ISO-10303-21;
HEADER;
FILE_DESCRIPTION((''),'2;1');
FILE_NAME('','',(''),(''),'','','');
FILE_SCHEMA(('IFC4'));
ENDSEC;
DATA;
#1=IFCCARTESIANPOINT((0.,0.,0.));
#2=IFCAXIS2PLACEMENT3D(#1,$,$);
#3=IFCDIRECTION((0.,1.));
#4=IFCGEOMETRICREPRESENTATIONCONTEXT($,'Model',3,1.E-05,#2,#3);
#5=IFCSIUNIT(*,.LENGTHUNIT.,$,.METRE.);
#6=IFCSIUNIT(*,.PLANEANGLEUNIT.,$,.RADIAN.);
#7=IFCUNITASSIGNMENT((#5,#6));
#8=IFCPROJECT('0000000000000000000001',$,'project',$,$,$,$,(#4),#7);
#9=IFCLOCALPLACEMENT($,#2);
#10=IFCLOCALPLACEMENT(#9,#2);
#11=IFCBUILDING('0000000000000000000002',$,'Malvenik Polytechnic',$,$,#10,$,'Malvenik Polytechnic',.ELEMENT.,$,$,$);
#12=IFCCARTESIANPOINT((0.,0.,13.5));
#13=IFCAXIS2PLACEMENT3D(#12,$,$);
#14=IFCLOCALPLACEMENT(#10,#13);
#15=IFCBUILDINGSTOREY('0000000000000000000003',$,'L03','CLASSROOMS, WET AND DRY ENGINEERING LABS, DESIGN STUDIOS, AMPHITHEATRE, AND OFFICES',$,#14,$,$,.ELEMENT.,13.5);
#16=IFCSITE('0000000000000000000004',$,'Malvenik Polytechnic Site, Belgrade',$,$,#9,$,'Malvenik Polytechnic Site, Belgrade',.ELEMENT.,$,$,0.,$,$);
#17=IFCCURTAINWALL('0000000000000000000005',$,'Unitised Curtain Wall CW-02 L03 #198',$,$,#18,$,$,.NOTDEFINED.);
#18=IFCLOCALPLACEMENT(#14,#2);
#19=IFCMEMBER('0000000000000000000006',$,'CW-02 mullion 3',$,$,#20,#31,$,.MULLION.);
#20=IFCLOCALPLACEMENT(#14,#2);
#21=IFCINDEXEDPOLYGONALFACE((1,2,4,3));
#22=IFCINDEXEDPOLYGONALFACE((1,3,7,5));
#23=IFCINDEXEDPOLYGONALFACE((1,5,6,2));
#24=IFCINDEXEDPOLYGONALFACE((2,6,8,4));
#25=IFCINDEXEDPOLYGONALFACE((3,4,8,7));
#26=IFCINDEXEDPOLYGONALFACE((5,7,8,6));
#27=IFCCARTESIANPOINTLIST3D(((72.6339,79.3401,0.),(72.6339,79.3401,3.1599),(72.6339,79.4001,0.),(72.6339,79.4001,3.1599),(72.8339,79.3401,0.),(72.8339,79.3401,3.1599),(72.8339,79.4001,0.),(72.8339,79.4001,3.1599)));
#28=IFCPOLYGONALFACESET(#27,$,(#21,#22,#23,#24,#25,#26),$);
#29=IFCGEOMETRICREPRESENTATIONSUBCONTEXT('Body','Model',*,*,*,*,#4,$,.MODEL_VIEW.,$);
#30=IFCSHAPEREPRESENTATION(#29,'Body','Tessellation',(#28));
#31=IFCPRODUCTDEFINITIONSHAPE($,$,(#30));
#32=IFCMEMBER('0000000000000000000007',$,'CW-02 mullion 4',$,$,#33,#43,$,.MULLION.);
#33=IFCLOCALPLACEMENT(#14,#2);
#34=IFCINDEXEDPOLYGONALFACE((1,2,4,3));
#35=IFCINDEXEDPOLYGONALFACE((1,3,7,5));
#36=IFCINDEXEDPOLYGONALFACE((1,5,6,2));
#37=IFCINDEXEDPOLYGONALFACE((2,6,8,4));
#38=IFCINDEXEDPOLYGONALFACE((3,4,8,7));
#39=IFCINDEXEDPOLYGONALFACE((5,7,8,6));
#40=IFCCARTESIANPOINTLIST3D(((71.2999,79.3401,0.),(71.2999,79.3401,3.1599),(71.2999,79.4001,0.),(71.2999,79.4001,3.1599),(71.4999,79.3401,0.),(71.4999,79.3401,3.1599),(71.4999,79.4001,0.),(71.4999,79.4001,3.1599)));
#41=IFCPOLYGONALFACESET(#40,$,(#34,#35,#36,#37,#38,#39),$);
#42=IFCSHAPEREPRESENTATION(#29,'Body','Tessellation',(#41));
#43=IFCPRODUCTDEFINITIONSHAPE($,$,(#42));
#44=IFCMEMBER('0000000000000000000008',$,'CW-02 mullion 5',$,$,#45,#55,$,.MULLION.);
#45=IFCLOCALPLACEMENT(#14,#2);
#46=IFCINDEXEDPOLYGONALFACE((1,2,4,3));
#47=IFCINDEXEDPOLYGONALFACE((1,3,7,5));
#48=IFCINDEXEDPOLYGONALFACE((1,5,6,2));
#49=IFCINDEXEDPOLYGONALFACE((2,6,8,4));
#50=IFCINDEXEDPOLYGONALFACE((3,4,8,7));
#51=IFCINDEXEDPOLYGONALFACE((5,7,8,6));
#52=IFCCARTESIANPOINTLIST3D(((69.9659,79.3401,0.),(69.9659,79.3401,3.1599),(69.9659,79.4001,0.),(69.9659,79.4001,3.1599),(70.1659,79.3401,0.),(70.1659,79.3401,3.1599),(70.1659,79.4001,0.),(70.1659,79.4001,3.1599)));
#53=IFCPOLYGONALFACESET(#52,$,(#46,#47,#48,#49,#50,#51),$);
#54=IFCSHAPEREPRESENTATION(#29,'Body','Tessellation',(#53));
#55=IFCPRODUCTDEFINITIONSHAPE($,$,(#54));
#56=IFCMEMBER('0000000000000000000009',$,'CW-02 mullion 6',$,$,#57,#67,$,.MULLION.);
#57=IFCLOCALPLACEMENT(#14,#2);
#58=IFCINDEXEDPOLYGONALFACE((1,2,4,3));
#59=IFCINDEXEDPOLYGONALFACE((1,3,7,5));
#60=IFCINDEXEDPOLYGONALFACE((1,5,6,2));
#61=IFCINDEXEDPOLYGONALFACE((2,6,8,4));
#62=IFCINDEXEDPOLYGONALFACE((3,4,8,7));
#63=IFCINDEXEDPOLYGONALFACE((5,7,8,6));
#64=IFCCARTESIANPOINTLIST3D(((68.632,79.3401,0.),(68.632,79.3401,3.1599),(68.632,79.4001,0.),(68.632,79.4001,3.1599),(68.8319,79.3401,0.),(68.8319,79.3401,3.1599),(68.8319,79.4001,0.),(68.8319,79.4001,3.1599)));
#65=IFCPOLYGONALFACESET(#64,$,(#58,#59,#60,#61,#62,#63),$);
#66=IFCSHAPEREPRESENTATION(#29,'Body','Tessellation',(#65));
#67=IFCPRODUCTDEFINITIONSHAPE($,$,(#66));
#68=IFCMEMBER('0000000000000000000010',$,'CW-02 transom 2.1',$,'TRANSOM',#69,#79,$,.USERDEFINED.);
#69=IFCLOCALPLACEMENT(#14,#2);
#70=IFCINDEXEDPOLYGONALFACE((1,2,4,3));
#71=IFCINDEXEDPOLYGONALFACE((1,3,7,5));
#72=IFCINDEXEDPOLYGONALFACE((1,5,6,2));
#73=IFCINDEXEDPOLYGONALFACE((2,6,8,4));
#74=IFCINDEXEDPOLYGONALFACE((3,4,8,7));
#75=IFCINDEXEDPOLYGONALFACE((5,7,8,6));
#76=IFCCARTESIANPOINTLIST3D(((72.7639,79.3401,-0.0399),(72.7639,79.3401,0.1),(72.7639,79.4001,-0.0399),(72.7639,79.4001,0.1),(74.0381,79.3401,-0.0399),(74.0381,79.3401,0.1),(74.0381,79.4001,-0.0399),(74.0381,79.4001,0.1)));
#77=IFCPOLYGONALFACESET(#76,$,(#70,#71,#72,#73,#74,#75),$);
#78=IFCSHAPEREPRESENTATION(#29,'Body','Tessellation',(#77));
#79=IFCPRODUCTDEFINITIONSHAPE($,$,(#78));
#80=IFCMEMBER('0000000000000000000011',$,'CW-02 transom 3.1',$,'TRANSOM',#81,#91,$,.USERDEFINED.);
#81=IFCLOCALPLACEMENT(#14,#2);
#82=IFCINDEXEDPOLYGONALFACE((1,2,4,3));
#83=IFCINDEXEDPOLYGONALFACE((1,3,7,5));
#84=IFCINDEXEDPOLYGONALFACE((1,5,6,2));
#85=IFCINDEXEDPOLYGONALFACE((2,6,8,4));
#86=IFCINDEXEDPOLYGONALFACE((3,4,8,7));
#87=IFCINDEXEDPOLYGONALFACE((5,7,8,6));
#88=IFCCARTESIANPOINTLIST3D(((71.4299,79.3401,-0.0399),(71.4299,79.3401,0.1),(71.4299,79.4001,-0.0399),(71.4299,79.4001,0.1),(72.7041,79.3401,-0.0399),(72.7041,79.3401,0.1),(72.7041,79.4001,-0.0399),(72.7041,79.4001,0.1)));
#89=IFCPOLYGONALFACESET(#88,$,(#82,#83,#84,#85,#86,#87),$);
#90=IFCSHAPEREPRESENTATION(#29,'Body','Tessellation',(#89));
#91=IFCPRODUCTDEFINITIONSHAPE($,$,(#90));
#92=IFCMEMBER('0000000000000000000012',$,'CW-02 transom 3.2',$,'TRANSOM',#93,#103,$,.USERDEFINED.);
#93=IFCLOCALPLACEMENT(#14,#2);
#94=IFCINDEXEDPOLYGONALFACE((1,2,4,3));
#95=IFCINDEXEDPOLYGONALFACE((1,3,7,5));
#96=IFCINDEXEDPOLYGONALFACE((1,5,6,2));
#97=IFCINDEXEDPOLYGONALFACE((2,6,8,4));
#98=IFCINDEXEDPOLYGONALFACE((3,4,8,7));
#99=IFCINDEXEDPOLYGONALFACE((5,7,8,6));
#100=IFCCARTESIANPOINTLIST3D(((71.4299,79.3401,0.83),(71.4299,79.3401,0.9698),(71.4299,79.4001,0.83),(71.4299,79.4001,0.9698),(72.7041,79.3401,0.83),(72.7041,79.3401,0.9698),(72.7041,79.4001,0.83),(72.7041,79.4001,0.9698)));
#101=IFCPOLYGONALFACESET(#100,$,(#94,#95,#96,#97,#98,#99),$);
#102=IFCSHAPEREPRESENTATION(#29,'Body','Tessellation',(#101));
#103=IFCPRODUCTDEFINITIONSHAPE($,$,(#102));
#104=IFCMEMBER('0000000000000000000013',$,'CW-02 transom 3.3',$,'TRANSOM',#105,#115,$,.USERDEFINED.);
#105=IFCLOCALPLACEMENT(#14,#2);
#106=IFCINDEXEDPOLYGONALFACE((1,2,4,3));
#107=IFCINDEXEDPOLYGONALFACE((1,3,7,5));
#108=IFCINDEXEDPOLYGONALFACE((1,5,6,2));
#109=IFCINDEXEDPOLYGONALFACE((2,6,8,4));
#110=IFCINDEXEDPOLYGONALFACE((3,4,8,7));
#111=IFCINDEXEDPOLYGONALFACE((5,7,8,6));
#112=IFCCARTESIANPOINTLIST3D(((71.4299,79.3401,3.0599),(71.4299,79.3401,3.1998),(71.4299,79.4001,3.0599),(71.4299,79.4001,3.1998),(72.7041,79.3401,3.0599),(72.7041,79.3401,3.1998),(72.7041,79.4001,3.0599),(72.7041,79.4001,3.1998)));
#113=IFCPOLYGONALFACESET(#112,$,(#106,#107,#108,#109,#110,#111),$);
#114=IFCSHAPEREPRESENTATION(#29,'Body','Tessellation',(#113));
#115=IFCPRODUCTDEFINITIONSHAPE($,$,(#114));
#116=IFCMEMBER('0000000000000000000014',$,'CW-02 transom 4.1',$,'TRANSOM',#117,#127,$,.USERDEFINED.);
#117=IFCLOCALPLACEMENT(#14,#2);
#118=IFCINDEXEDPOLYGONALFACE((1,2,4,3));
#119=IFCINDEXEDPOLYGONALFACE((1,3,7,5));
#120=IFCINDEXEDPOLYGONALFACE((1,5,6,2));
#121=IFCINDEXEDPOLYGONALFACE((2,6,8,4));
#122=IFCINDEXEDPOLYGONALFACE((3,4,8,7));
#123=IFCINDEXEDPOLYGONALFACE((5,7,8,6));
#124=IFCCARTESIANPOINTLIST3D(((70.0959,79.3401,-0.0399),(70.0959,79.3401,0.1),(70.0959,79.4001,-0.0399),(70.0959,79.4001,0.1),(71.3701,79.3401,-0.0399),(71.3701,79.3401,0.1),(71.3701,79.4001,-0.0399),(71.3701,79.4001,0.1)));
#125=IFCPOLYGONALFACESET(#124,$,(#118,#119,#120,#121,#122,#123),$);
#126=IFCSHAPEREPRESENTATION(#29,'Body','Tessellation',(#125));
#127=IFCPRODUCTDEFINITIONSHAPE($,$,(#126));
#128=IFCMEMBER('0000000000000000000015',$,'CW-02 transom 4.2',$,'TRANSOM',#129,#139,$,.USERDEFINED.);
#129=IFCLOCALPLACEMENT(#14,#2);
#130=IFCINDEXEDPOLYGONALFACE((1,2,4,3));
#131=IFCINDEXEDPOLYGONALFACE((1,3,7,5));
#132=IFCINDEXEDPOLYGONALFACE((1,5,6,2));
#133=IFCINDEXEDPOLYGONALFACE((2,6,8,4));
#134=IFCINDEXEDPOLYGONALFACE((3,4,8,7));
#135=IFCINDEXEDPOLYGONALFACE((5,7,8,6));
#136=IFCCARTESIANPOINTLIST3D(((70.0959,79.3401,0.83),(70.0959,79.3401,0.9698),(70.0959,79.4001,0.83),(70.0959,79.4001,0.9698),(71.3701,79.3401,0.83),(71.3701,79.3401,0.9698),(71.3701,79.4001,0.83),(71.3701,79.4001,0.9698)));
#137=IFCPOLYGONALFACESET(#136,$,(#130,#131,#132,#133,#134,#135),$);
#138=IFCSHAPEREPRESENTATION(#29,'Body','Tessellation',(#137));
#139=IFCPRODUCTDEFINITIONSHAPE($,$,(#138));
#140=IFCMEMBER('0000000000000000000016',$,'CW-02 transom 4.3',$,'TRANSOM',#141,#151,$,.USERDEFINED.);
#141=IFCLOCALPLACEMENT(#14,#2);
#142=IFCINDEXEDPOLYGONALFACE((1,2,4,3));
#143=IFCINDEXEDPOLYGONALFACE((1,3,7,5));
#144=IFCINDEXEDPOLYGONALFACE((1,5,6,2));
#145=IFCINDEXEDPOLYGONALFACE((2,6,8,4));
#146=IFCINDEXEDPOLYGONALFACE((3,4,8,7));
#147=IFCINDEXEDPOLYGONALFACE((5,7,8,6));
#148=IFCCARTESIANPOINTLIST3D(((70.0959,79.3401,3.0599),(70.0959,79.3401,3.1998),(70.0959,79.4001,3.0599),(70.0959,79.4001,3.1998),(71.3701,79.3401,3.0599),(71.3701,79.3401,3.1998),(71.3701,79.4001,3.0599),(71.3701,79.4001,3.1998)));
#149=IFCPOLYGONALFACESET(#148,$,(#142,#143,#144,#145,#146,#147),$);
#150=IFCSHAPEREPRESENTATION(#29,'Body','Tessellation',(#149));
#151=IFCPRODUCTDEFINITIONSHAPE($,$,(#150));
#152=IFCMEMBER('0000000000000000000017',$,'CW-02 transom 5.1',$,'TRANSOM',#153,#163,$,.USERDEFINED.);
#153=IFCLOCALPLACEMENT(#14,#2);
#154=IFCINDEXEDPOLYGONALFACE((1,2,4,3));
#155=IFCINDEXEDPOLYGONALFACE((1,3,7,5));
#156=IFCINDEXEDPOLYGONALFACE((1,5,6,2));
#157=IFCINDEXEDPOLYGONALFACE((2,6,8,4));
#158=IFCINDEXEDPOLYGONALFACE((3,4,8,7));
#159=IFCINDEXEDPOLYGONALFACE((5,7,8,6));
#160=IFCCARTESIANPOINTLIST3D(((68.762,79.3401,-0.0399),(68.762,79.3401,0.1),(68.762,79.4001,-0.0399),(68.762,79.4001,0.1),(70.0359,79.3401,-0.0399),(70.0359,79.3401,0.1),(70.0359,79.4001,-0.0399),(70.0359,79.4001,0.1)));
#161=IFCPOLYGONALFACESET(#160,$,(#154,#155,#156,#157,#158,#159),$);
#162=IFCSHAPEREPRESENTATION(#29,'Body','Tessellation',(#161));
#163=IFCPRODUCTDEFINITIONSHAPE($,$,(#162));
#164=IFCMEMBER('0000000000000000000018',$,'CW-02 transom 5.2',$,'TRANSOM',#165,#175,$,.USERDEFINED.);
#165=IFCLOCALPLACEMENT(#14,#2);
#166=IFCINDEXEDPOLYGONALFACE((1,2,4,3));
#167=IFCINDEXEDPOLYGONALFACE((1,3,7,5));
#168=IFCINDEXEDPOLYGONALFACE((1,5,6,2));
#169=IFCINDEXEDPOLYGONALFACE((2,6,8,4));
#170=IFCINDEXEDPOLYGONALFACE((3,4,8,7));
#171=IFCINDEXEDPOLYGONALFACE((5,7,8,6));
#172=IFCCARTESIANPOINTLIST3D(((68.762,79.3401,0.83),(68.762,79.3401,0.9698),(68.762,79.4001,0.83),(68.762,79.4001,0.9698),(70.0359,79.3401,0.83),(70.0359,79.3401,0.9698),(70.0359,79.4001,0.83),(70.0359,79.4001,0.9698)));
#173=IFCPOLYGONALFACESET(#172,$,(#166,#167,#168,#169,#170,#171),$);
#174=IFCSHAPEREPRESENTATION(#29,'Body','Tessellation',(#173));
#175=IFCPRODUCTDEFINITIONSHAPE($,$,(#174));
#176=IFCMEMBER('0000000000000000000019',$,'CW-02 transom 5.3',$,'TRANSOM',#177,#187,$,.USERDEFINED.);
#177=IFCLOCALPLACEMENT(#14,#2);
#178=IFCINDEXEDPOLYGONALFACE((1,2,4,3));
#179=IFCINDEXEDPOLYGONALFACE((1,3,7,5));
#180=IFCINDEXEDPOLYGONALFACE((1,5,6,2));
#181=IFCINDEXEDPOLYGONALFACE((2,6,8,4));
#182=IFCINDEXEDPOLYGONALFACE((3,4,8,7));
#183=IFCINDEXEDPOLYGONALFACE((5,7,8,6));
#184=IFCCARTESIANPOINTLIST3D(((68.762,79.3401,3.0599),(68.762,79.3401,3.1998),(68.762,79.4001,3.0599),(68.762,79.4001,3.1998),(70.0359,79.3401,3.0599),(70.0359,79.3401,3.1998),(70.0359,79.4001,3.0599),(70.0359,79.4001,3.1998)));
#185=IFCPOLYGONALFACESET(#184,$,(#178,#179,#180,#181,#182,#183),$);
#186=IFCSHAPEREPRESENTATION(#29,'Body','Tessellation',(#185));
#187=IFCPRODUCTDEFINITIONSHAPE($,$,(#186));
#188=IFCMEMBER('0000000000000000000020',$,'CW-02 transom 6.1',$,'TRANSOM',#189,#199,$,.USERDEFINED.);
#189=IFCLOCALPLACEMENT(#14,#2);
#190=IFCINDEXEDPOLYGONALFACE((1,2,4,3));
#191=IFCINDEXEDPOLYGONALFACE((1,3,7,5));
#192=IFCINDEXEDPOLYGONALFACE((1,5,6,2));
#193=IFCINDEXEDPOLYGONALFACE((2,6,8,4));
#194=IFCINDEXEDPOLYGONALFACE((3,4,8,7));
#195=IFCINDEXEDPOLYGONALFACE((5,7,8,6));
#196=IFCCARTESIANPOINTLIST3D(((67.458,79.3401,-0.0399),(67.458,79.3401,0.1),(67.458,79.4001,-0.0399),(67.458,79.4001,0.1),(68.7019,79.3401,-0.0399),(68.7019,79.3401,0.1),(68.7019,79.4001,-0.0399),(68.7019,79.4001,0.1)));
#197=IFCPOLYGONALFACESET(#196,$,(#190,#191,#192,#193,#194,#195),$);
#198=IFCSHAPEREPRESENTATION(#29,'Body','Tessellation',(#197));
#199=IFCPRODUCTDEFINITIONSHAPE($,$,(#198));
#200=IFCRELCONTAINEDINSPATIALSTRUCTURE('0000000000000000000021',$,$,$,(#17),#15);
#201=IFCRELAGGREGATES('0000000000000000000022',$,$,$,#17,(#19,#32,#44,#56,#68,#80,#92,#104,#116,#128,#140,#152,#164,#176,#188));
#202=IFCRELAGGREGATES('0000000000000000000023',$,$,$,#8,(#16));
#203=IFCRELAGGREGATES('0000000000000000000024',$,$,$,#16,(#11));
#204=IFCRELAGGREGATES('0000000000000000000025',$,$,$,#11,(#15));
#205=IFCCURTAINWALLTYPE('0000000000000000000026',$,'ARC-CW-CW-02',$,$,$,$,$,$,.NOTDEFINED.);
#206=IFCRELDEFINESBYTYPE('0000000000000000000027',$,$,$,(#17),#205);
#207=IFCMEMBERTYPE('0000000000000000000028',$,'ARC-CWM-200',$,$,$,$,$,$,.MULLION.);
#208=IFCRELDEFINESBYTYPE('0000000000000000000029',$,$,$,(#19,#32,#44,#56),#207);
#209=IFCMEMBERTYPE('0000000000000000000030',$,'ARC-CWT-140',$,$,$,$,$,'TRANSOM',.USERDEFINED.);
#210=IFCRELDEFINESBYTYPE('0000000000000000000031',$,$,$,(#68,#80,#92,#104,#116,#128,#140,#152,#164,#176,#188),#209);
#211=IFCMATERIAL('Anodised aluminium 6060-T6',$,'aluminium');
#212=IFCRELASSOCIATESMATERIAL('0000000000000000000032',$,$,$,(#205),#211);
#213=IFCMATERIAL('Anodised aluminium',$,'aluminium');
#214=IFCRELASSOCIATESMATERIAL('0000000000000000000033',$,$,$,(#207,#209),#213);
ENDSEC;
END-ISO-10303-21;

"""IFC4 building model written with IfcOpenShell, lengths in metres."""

from ifc_helpers import new_model, si_unit, direction, frame, origin, origin_2d, place, context, subcontext, project, spatial, rectangle, extrude, material, material_profile, profile_set, type_object, element, aggregate, save


model = new_model("IFC4")

# Units and contexts
model_context = context("Model", 3, precision=1e-05, world=origin(), true_north=direction((0.0, 1.0)))
body_context = subcontext(model_context, "Body", "Model", "MODEL_VIEW")
ifc_project = project(units=[si_unit("LENGTHUNIT", "METRE"), si_unit("PLANEANGLEUNIT", "RADIAN")], contexts=[model_context])

# Site, building, storey
site_placement = place(None, origin())
site = spatial("IfcSite", under=ifc_project, at=site_placement, Name="Malvenik Polytechnic Site, Belgrade", LongName="Malvenik Polytechnic Site, Belgrade", CompositionType="ELEMENT", RefElevation=0.0)
building_placement = place(site_placement, origin())
building = spatial("IfcBuilding", under=site, at=building_placement, Name="Malvenik Polytechnic", LongName="Malvenik Polytechnic", CompositionType="ELEMENT")
storey_placement = place(building_placement, frame((0.0, 0.0, 13.5)))
storey = spatial("IfcBuildingStorey", under=building, at=storey_placement, Name="L03", Description="CLASSROOMS, WET AND DRY ENGINEERING LABS, DESIGN STUDIOS, AMPHITHEATRE, AND OFFICES", CompositionType="ELEMENT", Elevation=13.5)

# Curtain wall, members
ifc_material_1 = material(Name="Anodised aluminium 6060-T6", Category="aluminium")
curtain_wall_type = type_object("IfcCurtainWallType", Name="ARC-CW-CW-02", PredefinedType="NOTDEFINED", material=ifc_material_1)
curtain_wall_placement = place(storey_placement, origin())
curtain_wall = element("IfcCurtainWall", 1, at=curtain_wall_placement, inside=storey, type_object=curtain_wall_type, Name="Unitised Curtain Wall CW-02 L03 #198", PredefinedType="NOTDEFINED")
ifc_material_2 = material(Name="Anodised aluminium", Category="aluminium")
ifc_material_profile_1 = material_profile(ifc_material_2, rectangle(XDim=0.0601, YDim=0.2, at=origin_2d()), Name="ALU MULLION 60x200")
ifc_profile_set_1 = profile_set([ifc_material_profile_1], Name="Anodised aluminium")
member_type_1 = type_object("IfcMemberType", Name="ARC-CWM-200", PredefinedType="MULLION", material=ifc_profile_set_1)
member_1_placement = place(storey_placement, frame((72.7339, 79.3701, 0.0), z_axis=(0.0, 0.0, 1.0), x_axis=(0.0, -1.0, 0.0)))
member_1 = element("IfcMember", 2, at=member_1_placement, type_object=member_type_1, Name="CW-02 mullion 3", PredefinedType="MULLION", context=body_context, shape_type="SweptSolid", body=[
    extrude(rectangle(XDim=0.0601, YDim=0.2, at=origin_2d()), origin(), (0.0, 0.0, 1.0), 3.1599),
])
member_2_placement = place(storey_placement, frame((71.3999, 79.3701, 0.0), z_axis=(0.0, 0.0, 1.0), x_axis=(0.0, -1.0, 0.0)))
member_2 = element("IfcMember", 3, at=member_2_placement, type_object=member_type_1, Name="CW-02 mullion 4", PredefinedType="MULLION", context=body_context, shape_type="SweptSolid", body=[
    extrude(rectangle(XDim=0.0601, YDim=0.2, at=origin_2d()), origin(), (0.0, 0.0, 1.0), 3.1599),
])
member_3_placement = place(storey_placement, frame((70.0659, 79.3701, 0.0), z_axis=(0.0, 0.0, 1.0), x_axis=(0.0, -1.0, 0.0)))
member_3 = element("IfcMember", 4, at=member_3_placement, type_object=member_type_1, Name="CW-02 mullion 5", PredefinedType="MULLION", context=body_context, shape_type="SweptSolid", body=[
    extrude(rectangle(XDim=0.0601, YDim=0.2, at=origin_2d()), origin(), (0.0, 0.0, 1.0), 3.1599),
])
member_4_placement = place(storey_placement, frame((68.7319, 79.3701, 0.0), z_axis=(0.0, 0.0, 1.0), x_axis=(0.0, -1.0, 0.0)))
member_4 = element("IfcMember", 5, at=member_4_placement, type_object=member_type_1, Name="CW-02 mullion 6", PredefinedType="MULLION", context=body_context, shape_type="SweptSolid", body=[
    extrude(rectangle(XDim=0.0601, YDim=0.2, at=origin_2d()), origin(), (0.0, 0.0, 1.0), 3.1599),
])
ifc_material_profile_2 = material_profile(ifc_material_2, rectangle(XDim=0.0601, YDim=0.1399, at=origin_2d()), Name="ALU TRANSOM 60x140")
ifc_profile_set_2 = profile_set([ifc_material_profile_2], Name="Anodised aluminium")
member_type_2 = type_object("IfcMemberType", Name="ARC-CWT-140", ElementType="TRANSOM", PredefinedType="USERDEFINED", material=ifc_profile_set_2)
member_5_placement = place(storey_placement, frame((74.0381, 79.3701, 0.03), z_axis=(-1.0, 0.0, 0.0), x_axis=(0.0, -1.0, 0.0)))
member_5 = element("IfcMember", 6, at=member_5_placement, type_object=member_type_2, Name="CW-02 transom 2.1", ObjectType="TRANSOM", PredefinedType="USERDEFINED", context=body_context, shape_type="SweptSolid", body=[
    extrude(rectangle(XDim=0.0601, YDim=0.1399, at=origin_2d()), origin(), (0.0, 0.0, 1.0), 1.2742),
])
member_6_placement = place(storey_placement, frame((72.7041, 79.3701, 0.03), z_axis=(-1.0, 0.0, 0.0), x_axis=(0.0, -1.0, 0.0)))
member_6 = element("IfcMember", 7, at=member_6_placement, type_object=member_type_2, Name="CW-02 transom 3.1", ObjectType="TRANSOM", PredefinedType="USERDEFINED", context=body_context, shape_type="SweptSolid", body=[
    extrude(rectangle(XDim=0.0601, YDim=0.1399, at=origin_2d()), origin(), (0.0, 0.0, 1.0), 1.2742),
])
member_7_placement = place(storey_placement, frame((72.7041, 79.3701, 0.8999), z_axis=(-1.0, 0.0, 0.0), x_axis=(0.0, -1.0, 0.0)))
member_7 = element("IfcMember", 8, at=member_7_placement, type_object=member_type_2, Name="CW-02 transom 3.2", ObjectType="TRANSOM", PredefinedType="USERDEFINED", context=body_context, shape_type="SweptSolid", body=[
    extrude(rectangle(XDim=0.0601, YDim=0.1399, at=origin_2d()), origin(), (0.0, 0.0, 1.0), 1.2742),
])
member_8_placement = place(storey_placement, frame((72.7041, 79.3701, 3.1299), z_axis=(-1.0, 0.0, 0.0), x_axis=(0.0, -1.0, 0.0)))
member_8 = element("IfcMember", 9, at=member_8_placement, type_object=member_type_2, Name="CW-02 transom 3.3", ObjectType="TRANSOM", PredefinedType="USERDEFINED", context=body_context, shape_type="SweptSolid", body=[
    extrude(rectangle(XDim=0.0601, YDim=0.1399, at=origin_2d()), origin(), (0.0, 0.0, 1.0), 1.2742),
])
member_9_placement = place(storey_placement, frame((71.3701, 79.3701, 0.03), z_axis=(-1.0, 0.0, 0.0), x_axis=(0.0, -1.0, 0.0)))
member_9 = element("IfcMember", 10, at=member_9_placement, type_object=member_type_2, Name="CW-02 transom 4.1", ObjectType="TRANSOM", PredefinedType="USERDEFINED", context=body_context, shape_type="SweptSolid", body=[
    extrude(rectangle(XDim=0.0601, YDim=0.1399, at=origin_2d()), origin(), (0.0, 0.0, 1.0), 1.2742),
])
member_10_placement = place(storey_placement, frame((71.3701, 79.3701, 0.8999), z_axis=(-1.0, 0.0, 0.0), x_axis=(0.0, -1.0, 0.0)))
member_10 = element("IfcMember", 11, at=member_10_placement, type_object=member_type_2, Name="CW-02 transom 4.2", ObjectType="TRANSOM", PredefinedType="USERDEFINED", context=body_context, shape_type="SweptSolid", body=[
    extrude(rectangle(XDim=0.0601, YDim=0.1399, at=origin_2d()), origin(), (0.0, 0.0, 1.0), 1.2742),
])
member_11_placement = place(storey_placement, frame((71.3701, 79.3701, 3.1299), z_axis=(-1.0, 0.0, 0.0), x_axis=(0.0, -1.0, 0.0)))
member_11 = element("IfcMember", 12, at=member_11_placement, type_object=member_type_2, Name="CW-02 transom 4.3", ObjectType="TRANSOM", PredefinedType="USERDEFINED", context=body_context, shape_type="SweptSolid", body=[
    extrude(rectangle(XDim=0.0601, YDim=0.1399, at=origin_2d()), origin(), (0.0, 0.0, 1.0), 1.2742),
])
member_12_placement = place(storey_placement, frame((70.0359, 79.3701, 0.03), z_axis=(-1.0, 0.0, 0.0), x_axis=(0.0, -1.0, 0.0)))
member_12 = element("IfcMember", 13, at=member_12_placement, type_object=member_type_2, Name="CW-02 transom 5.1", ObjectType="TRANSOM", PredefinedType="USERDEFINED", context=body_context, shape_type="SweptSolid", body=[
    extrude(rectangle(XDim=0.0601, YDim=0.1399, at=origin_2d()), origin(), (0.0, 0.0, 1.0), 1.2739),
])
member_13_placement = place(storey_placement, frame((70.0359, 79.3701, 0.8999), z_axis=(-1.0, 0.0, 0.0), x_axis=(0.0, -1.0, 0.0)))
member_13 = element("IfcMember", 14, at=member_13_placement, type_object=member_type_2, Name="CW-02 transom 5.2", ObjectType="TRANSOM", PredefinedType="USERDEFINED", context=body_context, shape_type="SweptSolid", body=[
    extrude(rectangle(XDim=0.0601, YDim=0.1399, at=origin_2d()), origin(), (0.0, 0.0, 1.0), 1.2739),
])
member_14_placement = place(storey_placement, frame((70.0359, 79.3701, 3.1299), z_axis=(-1.0, 0.0, 0.0), x_axis=(0.0, -1.0, 0.0)))
member_14 = element("IfcMember", 15, at=member_14_placement, type_object=member_type_2, Name="CW-02 transom 5.3", ObjectType="TRANSOM", PredefinedType="USERDEFINED", context=body_context, shape_type="SweptSolid", body=[
    extrude(rectangle(XDim=0.0601, YDim=0.1399, at=origin_2d()), origin(), (0.0, 0.0, 1.0), 1.2739),
])
member_15_placement = place(storey_placement, frame((68.7019, 79.3701, 0.03), z_axis=(-1.0, 0.0, 0.0), x_axis=(0.0, -1.0, 0.0)))
member_15 = element("IfcMember", 16, at=member_15_placement, type_object=member_type_2, Name="CW-02 transom 6.1", ObjectType="TRANSOM", PredefinedType="USERDEFINED", context=body_context, shape_type="SweptSolid", body=[
    extrude(rectangle(XDim=0.0601, YDim=0.1399, at=origin_2d()), origin(), (0.0, 0.0, 1.0), 1.2439),
])
aggregate(curtain_wall, [member_1, member_2, member_3, member_4, member_5, member_6, member_7, member_8, member_9, member_10, member_11, member_12, member_13, member_14, member_15])

save(model, "model.ifc")
